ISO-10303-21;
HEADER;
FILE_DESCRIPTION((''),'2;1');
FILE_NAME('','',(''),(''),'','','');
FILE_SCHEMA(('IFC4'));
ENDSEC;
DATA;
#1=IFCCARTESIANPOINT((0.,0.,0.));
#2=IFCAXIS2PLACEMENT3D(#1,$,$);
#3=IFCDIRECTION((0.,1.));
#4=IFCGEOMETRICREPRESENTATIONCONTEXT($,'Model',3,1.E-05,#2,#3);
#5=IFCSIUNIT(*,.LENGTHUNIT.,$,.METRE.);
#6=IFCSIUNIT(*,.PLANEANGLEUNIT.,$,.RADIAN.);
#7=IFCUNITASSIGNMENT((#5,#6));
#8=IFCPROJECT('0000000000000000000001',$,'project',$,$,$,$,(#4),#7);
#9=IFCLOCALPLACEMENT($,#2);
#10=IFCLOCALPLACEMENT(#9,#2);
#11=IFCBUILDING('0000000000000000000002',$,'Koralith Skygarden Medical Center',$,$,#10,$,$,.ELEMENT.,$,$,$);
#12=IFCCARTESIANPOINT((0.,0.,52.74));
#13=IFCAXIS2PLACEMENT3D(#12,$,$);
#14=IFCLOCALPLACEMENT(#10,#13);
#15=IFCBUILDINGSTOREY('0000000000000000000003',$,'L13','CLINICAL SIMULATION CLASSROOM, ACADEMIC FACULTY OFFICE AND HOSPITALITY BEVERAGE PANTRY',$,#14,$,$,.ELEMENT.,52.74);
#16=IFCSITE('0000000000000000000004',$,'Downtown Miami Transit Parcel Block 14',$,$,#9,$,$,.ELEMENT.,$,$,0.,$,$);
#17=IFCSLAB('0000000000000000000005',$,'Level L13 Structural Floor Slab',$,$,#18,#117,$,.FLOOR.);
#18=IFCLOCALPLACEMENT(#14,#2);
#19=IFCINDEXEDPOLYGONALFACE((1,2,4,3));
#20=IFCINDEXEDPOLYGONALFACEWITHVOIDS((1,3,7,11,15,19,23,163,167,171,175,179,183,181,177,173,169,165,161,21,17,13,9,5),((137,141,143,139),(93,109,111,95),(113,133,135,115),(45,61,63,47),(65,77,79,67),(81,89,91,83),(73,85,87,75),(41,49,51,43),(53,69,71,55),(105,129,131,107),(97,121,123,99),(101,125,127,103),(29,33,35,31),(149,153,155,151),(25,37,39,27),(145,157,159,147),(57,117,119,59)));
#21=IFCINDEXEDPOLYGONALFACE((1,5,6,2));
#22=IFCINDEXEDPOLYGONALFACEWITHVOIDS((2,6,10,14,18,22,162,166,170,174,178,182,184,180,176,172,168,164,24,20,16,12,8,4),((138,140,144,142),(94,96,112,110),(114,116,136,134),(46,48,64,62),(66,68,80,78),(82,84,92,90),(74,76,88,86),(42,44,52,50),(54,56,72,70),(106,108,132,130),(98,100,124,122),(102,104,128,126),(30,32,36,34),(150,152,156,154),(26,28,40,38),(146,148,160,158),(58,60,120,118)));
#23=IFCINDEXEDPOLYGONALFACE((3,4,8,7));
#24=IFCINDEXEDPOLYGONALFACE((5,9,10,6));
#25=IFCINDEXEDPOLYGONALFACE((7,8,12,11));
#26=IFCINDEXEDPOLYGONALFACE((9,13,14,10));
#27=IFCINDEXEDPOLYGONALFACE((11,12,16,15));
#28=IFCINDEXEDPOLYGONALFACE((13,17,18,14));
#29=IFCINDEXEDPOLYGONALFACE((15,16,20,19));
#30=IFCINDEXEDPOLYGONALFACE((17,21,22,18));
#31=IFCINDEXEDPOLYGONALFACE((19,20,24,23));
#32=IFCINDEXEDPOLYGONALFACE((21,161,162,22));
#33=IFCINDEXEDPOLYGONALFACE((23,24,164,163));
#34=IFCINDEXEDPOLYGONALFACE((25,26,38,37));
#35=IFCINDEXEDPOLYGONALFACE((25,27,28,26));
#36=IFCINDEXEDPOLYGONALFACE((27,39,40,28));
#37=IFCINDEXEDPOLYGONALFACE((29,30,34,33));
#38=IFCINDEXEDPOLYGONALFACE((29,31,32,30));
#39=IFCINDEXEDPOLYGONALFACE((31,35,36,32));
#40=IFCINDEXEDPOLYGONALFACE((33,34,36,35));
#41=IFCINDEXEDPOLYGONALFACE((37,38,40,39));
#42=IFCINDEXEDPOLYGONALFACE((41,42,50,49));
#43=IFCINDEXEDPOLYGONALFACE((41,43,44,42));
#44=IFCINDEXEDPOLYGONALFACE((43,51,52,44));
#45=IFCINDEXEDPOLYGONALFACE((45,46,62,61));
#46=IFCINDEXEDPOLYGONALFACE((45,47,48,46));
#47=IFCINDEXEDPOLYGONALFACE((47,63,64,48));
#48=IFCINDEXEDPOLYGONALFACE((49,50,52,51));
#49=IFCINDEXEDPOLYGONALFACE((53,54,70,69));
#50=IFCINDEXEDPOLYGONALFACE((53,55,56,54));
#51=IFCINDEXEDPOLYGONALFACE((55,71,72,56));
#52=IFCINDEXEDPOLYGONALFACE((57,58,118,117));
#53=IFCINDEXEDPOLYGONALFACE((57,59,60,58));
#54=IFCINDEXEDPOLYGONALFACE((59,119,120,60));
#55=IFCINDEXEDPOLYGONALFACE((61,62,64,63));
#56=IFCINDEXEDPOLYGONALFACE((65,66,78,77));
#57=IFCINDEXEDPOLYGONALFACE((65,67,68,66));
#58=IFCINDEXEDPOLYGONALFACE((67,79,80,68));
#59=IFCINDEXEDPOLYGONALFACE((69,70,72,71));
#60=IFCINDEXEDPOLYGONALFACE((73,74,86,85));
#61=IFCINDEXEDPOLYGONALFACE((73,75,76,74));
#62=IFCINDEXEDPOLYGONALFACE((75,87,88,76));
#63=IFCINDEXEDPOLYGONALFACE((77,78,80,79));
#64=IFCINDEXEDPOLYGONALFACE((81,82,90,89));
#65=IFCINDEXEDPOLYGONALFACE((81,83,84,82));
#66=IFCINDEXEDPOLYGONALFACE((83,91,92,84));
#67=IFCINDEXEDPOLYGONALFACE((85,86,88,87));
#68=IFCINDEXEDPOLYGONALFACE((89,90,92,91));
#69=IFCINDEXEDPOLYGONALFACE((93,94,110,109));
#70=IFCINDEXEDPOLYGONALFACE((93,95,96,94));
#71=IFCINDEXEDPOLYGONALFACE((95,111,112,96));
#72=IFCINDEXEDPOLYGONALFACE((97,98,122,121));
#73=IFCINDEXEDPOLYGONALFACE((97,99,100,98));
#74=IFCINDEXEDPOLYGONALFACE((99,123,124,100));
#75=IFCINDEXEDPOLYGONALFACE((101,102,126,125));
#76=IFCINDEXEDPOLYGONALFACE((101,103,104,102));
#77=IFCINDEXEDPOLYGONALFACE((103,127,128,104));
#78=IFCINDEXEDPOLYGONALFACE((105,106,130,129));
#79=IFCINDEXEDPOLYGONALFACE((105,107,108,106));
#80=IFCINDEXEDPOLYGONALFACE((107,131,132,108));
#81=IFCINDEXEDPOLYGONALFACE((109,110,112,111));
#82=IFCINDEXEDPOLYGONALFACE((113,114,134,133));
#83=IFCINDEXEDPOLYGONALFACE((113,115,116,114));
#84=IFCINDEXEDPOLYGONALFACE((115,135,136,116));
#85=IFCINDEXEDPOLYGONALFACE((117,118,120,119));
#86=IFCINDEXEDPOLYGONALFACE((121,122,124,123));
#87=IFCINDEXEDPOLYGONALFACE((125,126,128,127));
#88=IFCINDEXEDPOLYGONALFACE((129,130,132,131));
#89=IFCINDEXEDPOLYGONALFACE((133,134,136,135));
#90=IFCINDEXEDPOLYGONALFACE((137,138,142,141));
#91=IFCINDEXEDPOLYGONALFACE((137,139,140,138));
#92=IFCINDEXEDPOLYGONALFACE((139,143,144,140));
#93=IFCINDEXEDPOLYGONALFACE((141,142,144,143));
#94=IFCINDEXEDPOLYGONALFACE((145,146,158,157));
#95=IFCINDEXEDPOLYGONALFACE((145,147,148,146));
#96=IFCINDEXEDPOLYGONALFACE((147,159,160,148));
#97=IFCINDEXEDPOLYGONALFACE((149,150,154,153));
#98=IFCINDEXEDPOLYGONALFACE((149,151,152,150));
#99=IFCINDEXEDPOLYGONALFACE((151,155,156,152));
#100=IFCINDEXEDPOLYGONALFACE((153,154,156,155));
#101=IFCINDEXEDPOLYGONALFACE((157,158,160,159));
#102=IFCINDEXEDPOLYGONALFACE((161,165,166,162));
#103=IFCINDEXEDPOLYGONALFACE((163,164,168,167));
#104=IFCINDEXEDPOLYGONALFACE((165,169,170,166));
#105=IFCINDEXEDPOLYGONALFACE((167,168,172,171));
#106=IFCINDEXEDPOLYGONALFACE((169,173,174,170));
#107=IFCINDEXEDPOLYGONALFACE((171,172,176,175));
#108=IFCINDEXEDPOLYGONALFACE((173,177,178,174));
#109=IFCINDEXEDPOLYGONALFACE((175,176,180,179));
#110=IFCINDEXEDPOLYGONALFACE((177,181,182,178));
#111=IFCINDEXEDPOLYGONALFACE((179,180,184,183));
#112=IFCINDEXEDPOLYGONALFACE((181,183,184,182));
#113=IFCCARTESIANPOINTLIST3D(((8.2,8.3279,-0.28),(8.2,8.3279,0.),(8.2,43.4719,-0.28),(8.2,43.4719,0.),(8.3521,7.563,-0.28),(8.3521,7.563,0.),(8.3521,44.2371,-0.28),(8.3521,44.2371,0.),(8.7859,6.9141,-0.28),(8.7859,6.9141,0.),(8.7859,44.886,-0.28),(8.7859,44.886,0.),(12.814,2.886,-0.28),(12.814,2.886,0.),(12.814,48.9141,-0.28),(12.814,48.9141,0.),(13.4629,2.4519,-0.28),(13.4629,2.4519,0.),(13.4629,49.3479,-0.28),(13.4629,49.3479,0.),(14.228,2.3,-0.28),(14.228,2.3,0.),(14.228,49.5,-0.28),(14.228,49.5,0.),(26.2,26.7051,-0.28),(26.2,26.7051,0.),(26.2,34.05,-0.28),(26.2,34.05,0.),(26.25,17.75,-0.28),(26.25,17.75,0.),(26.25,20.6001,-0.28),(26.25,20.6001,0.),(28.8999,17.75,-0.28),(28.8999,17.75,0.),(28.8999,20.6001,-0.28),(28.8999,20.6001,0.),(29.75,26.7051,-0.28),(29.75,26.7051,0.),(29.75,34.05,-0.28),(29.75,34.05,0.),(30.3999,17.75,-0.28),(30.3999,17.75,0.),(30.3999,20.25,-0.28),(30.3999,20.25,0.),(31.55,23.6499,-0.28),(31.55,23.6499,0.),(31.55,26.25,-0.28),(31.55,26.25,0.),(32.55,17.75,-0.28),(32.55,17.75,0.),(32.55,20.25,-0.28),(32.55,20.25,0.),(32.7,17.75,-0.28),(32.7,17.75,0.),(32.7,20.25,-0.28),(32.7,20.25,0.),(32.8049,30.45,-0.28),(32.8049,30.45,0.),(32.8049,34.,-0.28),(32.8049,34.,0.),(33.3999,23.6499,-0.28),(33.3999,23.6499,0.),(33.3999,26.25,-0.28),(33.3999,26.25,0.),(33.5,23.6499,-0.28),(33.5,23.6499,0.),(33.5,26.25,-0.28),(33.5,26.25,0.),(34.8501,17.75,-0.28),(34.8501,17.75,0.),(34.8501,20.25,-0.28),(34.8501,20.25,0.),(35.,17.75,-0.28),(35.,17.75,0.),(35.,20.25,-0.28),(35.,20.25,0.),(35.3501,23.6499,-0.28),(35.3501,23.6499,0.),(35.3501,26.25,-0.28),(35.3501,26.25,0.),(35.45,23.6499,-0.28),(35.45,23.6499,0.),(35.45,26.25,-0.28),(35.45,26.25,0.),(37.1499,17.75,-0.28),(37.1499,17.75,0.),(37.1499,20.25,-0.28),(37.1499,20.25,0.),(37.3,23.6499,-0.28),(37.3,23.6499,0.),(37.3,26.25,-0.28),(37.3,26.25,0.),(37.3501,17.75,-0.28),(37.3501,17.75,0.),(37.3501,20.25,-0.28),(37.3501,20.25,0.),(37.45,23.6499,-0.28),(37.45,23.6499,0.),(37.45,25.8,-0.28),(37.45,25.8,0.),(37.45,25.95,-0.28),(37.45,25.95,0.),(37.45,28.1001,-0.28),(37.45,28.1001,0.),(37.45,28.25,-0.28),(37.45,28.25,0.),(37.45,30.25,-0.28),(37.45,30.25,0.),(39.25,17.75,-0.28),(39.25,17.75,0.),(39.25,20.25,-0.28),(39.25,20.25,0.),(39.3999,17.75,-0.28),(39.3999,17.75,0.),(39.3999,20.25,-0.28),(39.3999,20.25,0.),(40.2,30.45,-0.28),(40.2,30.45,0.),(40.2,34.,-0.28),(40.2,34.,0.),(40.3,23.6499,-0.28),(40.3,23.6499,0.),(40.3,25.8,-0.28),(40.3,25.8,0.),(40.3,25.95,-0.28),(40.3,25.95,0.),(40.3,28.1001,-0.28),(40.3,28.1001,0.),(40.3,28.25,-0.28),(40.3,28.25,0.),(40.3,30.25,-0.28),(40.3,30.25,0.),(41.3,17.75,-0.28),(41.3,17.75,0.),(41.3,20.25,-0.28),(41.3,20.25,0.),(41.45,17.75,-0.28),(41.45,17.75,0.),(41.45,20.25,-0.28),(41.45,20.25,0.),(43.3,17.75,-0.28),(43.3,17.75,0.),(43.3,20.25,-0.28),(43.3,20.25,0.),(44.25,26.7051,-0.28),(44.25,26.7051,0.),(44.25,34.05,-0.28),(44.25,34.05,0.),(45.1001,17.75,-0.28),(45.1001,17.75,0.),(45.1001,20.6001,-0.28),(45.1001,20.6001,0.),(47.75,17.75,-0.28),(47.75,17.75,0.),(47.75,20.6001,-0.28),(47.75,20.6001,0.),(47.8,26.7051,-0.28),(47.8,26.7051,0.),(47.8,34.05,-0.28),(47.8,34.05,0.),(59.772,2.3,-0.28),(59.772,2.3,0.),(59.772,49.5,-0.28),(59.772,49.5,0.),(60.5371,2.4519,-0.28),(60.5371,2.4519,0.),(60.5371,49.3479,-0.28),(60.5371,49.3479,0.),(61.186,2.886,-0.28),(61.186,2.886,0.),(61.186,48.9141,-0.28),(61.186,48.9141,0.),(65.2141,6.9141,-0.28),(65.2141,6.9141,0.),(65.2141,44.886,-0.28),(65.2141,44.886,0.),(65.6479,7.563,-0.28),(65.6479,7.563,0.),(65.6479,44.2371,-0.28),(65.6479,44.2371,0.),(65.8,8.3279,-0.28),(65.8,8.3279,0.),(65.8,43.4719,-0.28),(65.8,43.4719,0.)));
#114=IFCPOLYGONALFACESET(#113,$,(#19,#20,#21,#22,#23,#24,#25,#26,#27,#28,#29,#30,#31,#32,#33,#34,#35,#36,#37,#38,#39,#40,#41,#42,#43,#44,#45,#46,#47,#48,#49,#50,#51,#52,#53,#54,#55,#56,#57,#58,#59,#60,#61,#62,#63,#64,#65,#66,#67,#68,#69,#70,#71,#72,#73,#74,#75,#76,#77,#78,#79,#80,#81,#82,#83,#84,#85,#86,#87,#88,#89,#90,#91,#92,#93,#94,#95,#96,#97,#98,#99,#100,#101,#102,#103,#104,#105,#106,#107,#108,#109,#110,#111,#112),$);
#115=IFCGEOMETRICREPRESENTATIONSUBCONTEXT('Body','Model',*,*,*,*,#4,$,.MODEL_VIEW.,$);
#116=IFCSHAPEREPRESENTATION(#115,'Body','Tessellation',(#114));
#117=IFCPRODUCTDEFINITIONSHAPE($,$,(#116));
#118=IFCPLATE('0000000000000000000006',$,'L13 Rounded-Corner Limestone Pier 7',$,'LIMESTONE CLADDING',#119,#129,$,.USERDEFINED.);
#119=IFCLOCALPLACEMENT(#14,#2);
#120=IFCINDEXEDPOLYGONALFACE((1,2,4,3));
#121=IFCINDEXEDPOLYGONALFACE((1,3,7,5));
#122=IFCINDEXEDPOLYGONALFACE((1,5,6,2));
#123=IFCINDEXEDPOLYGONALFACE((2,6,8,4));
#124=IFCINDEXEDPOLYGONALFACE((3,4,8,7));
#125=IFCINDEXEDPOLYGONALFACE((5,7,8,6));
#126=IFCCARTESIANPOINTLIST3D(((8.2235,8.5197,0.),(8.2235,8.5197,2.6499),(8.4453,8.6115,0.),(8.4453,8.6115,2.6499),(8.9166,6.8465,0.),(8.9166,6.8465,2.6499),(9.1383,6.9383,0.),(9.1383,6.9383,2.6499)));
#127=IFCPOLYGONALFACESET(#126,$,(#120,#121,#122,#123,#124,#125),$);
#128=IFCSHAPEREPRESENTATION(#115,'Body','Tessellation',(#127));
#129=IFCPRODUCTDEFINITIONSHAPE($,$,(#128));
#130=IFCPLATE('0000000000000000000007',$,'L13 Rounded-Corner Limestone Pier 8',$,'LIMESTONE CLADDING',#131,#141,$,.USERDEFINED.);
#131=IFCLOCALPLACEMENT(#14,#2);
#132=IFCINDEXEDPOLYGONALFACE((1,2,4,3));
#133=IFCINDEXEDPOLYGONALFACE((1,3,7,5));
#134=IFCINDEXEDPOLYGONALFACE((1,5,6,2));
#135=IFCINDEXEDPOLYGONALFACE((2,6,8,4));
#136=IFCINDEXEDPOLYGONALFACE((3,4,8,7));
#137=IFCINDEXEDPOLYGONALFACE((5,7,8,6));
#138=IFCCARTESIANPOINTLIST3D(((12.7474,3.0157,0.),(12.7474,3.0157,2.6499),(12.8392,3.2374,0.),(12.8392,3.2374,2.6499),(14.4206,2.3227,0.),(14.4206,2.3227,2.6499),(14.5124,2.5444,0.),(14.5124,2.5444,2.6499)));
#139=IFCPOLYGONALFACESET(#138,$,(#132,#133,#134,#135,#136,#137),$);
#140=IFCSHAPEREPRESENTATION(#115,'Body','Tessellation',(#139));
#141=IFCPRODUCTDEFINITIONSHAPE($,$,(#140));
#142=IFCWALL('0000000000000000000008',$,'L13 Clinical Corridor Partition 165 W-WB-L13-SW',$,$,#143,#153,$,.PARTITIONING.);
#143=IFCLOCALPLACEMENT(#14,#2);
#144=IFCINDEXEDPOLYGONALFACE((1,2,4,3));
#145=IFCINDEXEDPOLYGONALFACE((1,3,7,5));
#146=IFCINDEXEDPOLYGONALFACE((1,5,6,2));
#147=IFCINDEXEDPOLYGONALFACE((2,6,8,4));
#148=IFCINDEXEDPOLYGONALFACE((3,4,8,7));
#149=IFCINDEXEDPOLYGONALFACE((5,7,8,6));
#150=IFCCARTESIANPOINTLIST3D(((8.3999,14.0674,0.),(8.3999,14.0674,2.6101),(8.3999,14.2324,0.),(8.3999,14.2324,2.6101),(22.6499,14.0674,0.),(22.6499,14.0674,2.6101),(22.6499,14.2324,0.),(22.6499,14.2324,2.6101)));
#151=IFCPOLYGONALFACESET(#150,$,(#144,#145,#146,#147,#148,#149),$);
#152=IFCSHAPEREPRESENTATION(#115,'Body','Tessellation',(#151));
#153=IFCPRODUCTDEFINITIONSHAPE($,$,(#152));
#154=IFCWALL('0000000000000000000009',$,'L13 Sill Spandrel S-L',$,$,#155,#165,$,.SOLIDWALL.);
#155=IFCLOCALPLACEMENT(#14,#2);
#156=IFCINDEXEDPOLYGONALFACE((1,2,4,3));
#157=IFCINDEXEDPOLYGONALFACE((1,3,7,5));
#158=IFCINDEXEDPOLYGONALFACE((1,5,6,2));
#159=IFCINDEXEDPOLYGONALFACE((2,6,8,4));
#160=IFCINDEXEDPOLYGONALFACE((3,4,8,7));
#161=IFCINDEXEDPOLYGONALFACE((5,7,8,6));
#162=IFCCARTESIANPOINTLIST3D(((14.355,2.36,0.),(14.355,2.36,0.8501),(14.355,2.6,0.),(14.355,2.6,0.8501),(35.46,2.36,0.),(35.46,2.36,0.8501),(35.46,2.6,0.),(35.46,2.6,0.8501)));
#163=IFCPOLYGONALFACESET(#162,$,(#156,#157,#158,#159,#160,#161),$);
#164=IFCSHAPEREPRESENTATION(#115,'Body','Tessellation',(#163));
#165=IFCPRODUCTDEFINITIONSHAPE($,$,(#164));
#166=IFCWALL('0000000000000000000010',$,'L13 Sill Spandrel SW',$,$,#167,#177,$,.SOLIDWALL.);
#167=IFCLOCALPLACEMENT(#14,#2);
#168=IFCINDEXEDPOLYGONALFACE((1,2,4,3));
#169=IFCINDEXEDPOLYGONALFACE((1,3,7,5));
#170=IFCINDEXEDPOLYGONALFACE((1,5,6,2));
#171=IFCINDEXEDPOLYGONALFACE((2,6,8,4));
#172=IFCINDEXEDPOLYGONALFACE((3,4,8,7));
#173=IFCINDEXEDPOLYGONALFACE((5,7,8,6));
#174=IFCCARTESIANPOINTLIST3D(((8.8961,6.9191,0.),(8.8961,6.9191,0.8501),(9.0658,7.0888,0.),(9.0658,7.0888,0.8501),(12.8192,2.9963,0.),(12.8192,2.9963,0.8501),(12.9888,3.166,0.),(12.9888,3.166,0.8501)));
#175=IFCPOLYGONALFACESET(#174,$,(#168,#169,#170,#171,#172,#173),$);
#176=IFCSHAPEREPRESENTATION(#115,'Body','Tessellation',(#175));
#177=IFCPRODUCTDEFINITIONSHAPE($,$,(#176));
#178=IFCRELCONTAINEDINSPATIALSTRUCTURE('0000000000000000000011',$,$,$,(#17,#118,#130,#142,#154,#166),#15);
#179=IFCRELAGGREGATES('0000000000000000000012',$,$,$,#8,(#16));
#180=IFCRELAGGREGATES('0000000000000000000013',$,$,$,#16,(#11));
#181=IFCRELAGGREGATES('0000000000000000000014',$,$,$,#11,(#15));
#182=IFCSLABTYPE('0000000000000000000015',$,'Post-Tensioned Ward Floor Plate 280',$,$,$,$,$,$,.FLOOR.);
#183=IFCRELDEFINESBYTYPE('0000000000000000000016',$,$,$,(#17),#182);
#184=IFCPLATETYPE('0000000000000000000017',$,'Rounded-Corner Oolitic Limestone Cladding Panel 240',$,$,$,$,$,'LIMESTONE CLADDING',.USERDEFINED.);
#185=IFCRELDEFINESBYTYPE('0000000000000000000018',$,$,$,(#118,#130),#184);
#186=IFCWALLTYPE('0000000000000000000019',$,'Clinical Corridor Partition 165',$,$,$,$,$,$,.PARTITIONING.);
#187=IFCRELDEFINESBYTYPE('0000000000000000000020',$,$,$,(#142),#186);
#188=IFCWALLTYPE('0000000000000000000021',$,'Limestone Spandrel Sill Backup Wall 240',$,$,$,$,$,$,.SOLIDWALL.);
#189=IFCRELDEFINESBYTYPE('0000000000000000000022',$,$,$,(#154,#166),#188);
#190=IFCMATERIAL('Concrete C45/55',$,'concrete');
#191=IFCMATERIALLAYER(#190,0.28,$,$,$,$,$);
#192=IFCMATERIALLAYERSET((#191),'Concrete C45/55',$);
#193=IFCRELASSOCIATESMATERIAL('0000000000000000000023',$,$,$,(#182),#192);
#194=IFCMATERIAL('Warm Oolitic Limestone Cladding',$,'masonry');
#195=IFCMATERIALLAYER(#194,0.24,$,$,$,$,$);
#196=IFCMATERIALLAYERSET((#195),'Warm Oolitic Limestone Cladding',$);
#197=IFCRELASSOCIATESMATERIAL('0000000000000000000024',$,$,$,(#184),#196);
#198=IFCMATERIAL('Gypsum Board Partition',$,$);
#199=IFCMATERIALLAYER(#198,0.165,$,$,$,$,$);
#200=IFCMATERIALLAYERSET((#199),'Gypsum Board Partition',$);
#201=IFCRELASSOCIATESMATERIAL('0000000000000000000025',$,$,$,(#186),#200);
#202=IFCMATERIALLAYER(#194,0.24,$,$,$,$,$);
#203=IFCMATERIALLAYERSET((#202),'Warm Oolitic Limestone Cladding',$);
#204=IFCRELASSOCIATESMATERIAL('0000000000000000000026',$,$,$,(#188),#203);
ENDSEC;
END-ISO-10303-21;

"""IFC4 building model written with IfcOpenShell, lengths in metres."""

from ifc_helpers import new_model, si_unit, direction, frame, frame_2d, origin, origin_2d, place, context, subcontext, project, spatial, polyline, rectangle, outline, extrude, material, layer, layer_set, type_object, element, save


model = new_model("IFC4")

# Units and contexts
model_context = context("Model", 3, precision=1e-05, world=origin(), true_north=direction((0.0, 1.0)))
body_context = subcontext(model_context, "Body", "Model", "MODEL_VIEW")
ifc_project = project(units=[si_unit("LENGTHUNIT", "METRE"), si_unit("PLANEANGLEUNIT", "RADIAN")], contexts=[model_context])

# Site, building, storey
site_placement = place(None, origin())
site = spatial("IfcSite", under=ifc_project, at=site_placement, Name="Downtown Miami Transit Parcel Block 14", CompositionType="ELEMENT", RefElevation=0.0)
building_placement = place(site_placement, origin())
building = spatial("IfcBuilding", under=site, at=building_placement, Name="Koralith Skygarden Medical Center", CompositionType="ELEMENT")
storey_placement = place(building_placement, frame((0.0, 0.0, 52.74)))
storey = spatial("IfcBuildingStorey", under=building, at=storey_placement, Name="L13", Description="CLINICAL SIMULATION CLASSROOM, ACADEMIC FACULTY OFFICE AND HOSPITALITY BEVERAGE PANTRY", CompositionType="ELEMENT", Elevation=52.74)

# Shared definitions
ifc_material_1 = material(Name="Concrete C45/55", Category="concrete")

# Slab
ifc_layer_1 = layer(ifc_material_1, 0.28)
ifc_layer_set_1 = layer_set([ifc_layer_1], Name="Concrete C45/55")
slab_type_1 = type_object("IfcSlabType", Name="Post-Tensioned Ward Floor Plate 280", PredefinedType="FLOOR", material=ifc_layer_set_1)
slab_1_placement = place(storey_placement, frame((0.0, 0.0, -0.28)))
element("IfcSlab", 1, at=slab_1_placement, inside=storey, type_object=slab_type_1, Name="Level L13 Structural Floor Slab", PredefinedType="FLOOR", context=body_context, shape_type="SweptSolid", body=[
    extrude(outline(polyline([(12.814, 2.886), (13.4629, 2.4519), (14.228, 2.3), (59.772, 2.3), (60.5371, 2.4519), (61.186, 2.886), (65.2141, 6.9141), (65.6479, 7.563), (65.8, 8.3279), (65.8, 43.4719), (65.6479, 44.2371), (65.2141, 44.886), (61.186, 48.9141), (60.5371, 49.3479), (59.772, 49.5), (14.228, 49.5), (13.4629, 49.3479), (12.814, 48.9141), (8.7859, 44.886), (8.3521, 44.2371), (8.2, 43.4719), (8.2, 8.3279), (8.3521, 7.563), (8.7859, 6.9141), (12.814, 2.886)]), holes=[polyline([(26.2, 26.7051), (29.75, 26.7051), (29.75, 34.05), (26.2, 34.05), (26.2, 26.7051)]), polyline([(44.25, 26.7051), (47.8, 26.7051), (47.8, 34.05), (44.25, 34.05), (44.25, 26.7051)]), polyline([(32.8049, 30.45), (40.2, 30.45), (40.2, 34.0), (32.8049, 34.0), (32.8049, 30.45)]), polyline([(26.25, 17.75), (28.8999, 17.75), (28.8999, 20.6001), (26.25, 20.6001), (26.25, 17.75)]), polyline([(45.1001, 17.75), (47.75, 17.75), (47.75, 20.6001), (45.1001, 20.6001), (45.1001, 17.75)]), polyline([(30.3999, 17.75), (32.55, 17.75), (32.55, 20.25), (30.3999, 20.25), (30.3999, 17.75)]), polyline([(32.7, 17.75), (34.8501, 17.75), (34.8501, 20.25), (32.7, 20.25), (32.7, 17.75)]), polyline([(35.0, 17.75), (37.1499, 17.75), (37.1499, 20.25), (35.0, 20.25), (35.0, 17.75)]), polyline([(37.3501, 17.75), (39.25, 17.75), (39.25, 20.25), (37.3501, 20.25), (37.3501, 17.75)]), polyline([(39.3999, 17.75), (41.3, 17.75), (41.3, 20.25), (39.3999, 20.25), (39.3999, 17.75)]), polyline([(41.45, 17.75), (43.3, 17.75), (43.3, 20.25), (41.45, 20.25), (41.45, 17.75)]), polyline([(31.55, 23.6499), (33.3999, 23.6499), (33.3999, 26.25), (31.55, 26.25), (31.55, 23.6499)]), polyline([(33.5, 23.6499), (35.3501, 23.6499), (35.3501, 26.25), (33.5, 26.25), (33.5, 23.6499)]), polyline([(35.45, 23.6499), (37.3, 23.6499), (37.3, 26.25), (35.45, 26.25), (35.45, 23.6499)]), polyline([(37.45, 23.6499), (40.3, 23.6499), (40.3, 25.8), (37.45, 25.8), (37.45, 23.6499)]), polyline([(37.45, 25.95), (40.3, 25.95), (40.3, 28.1001), (37.45, 28.1001), (37.45, 25.95)]), polyline([(37.45, 28.25), (40.3, 28.25), (40.3, 30.25), (37.45, 30.25), (37.45, 28.25)])]), origin(), (0.0, 0.0, 1.0), 0.28),
])

# Plates
ifc_material_2 = material(Name="Warm Oolitic Limestone Cladding", Category="masonry")
ifc_layer_2 = layer(ifc_material_2, 0.24)
ifc_layer_set_2 = layer_set([ifc_layer_2], Name="Warm Oolitic Limestone Cladding")
plate_type_1 = type_object("IfcPlateType", Name="Rounded-Corner Oolitic Limestone Cladding Panel 240", ElementType="LIMESTONE CLADDING", PredefinedType="USERDEFINED", material=ifc_layer_set_2)
for number, where, z_axis, x_axis, name in (
    (2, (8.6809, 7.729, 0.0), (0.0, 0.0, 1.0), (0.382671, -0.923885, 0.0), "L13 Rounded-Corner Limestone Pier 7"),
    (3, (13.6299, 2.78, 0.0), (0.0, 0.0, 1.0), (0.923885, -0.382671, 0.0), "L13 Rounded-Corner Limestone Pier 8"),
):
    element("IfcPlate", number, at=place(storey_placement, frame(where, z_axis=z_axis, x_axis=x_axis)), inside=storey, type_object=plate_type_1, Name=name, ObjectType="LIMESTONE CLADDING", PredefinedType="USERDEFINED", context=body_context, shape_type="SweptSolid", body=[
        extrude(rectangle(XDim=1.811, YDim=0.24, at=origin_2d()), origin(), (0.0, 0.0, 1.0), 2.6499),
    ])

# Walls
ifc_material_3 = material(Name="Gypsum Board Partition")
ifc_layer_3 = layer(ifc_material_3, 0.165)
ifc_layer_set_3 = layer_set([ifc_layer_3], Name="Gypsum Board Partition")
wall_type_1 = type_object("IfcWallType", Name="Clinical Corridor Partition 165", PredefinedType="PARTITIONING", material=ifc_layer_set_3)
wall_1_placement = place(storey_placement, frame((8.3999, 14.1499, 0.0), z_axis=(0.0, 0.0, 1.0), x_axis=(1.0, 0.0, 0.0)))
element("IfcWall", 4, at=wall_1_placement, inside=storey, type_object=wall_type_1, Name="L13 Clinical Corridor Partition 165 W-WB-L13-SW", PredefinedType="PARTITIONING", context=body_context, shape_type="SweptSolid", body=[
    extrude(rectangle(XDim=14.25, YDim=0.165, at=frame_2d((7.125, 0.0))), origin(), (0.0, 0.0, 1.0), 2.6101),
])
ifc_layer_4 = layer(ifc_material_2, 0.24)
ifc_layer_set_4 = layer_set([ifc_layer_4], Name="Warm Oolitic Limestone Cladding")
wall_type_2 = type_object("IfcWallType", Name="Limestone Spandrel Sill Backup Wall 240", PredefinedType="SOLIDWALL", material=ifc_layer_set_4)
wall_2_placement = place(storey_placement, frame((14.355, 2.48, 0.0), z_axis=(0.0, 0.0, 1.0), x_axis=(1.0, 0.0, 0.0)))
element("IfcWall", 5, at=wall_2_placement, inside=storey, type_object=wall_type_2, Name="L13 Sill Spandrel S-L", PredefinedType="SOLIDWALL", context=body_context, shape_type="SweptSolid", body=[
    extrude(rectangle(XDim=21.105, YDim=0.24, at=frame_2d((10.5525, 0.0))), origin(), (0.0, 0.0, 1.0), 0.8501),
])
wall_3_placement = place(storey_placement, frame((8.981, 7.0039, 0.0), z_axis=(0.0, 0.0, 1.0), x_axis=(0.707129, -0.707085, 0.0)))
element("IfcWall", 6, at=wall_3_placement, inside=storey, type_object=wall_type_2, Name="L13 Sill Spandrel SW", PredefinedType="SOLIDWALL", context=body_context, shape_type="SweptSolid", body=[
    extrude(rectangle(XDim=5.5479, YDim=0.24, at=frame_2d((2.7739, 0.0))), origin(), (0.0, 0.0, 1.0), 0.8501),
])

save(model, "model.ifc")
